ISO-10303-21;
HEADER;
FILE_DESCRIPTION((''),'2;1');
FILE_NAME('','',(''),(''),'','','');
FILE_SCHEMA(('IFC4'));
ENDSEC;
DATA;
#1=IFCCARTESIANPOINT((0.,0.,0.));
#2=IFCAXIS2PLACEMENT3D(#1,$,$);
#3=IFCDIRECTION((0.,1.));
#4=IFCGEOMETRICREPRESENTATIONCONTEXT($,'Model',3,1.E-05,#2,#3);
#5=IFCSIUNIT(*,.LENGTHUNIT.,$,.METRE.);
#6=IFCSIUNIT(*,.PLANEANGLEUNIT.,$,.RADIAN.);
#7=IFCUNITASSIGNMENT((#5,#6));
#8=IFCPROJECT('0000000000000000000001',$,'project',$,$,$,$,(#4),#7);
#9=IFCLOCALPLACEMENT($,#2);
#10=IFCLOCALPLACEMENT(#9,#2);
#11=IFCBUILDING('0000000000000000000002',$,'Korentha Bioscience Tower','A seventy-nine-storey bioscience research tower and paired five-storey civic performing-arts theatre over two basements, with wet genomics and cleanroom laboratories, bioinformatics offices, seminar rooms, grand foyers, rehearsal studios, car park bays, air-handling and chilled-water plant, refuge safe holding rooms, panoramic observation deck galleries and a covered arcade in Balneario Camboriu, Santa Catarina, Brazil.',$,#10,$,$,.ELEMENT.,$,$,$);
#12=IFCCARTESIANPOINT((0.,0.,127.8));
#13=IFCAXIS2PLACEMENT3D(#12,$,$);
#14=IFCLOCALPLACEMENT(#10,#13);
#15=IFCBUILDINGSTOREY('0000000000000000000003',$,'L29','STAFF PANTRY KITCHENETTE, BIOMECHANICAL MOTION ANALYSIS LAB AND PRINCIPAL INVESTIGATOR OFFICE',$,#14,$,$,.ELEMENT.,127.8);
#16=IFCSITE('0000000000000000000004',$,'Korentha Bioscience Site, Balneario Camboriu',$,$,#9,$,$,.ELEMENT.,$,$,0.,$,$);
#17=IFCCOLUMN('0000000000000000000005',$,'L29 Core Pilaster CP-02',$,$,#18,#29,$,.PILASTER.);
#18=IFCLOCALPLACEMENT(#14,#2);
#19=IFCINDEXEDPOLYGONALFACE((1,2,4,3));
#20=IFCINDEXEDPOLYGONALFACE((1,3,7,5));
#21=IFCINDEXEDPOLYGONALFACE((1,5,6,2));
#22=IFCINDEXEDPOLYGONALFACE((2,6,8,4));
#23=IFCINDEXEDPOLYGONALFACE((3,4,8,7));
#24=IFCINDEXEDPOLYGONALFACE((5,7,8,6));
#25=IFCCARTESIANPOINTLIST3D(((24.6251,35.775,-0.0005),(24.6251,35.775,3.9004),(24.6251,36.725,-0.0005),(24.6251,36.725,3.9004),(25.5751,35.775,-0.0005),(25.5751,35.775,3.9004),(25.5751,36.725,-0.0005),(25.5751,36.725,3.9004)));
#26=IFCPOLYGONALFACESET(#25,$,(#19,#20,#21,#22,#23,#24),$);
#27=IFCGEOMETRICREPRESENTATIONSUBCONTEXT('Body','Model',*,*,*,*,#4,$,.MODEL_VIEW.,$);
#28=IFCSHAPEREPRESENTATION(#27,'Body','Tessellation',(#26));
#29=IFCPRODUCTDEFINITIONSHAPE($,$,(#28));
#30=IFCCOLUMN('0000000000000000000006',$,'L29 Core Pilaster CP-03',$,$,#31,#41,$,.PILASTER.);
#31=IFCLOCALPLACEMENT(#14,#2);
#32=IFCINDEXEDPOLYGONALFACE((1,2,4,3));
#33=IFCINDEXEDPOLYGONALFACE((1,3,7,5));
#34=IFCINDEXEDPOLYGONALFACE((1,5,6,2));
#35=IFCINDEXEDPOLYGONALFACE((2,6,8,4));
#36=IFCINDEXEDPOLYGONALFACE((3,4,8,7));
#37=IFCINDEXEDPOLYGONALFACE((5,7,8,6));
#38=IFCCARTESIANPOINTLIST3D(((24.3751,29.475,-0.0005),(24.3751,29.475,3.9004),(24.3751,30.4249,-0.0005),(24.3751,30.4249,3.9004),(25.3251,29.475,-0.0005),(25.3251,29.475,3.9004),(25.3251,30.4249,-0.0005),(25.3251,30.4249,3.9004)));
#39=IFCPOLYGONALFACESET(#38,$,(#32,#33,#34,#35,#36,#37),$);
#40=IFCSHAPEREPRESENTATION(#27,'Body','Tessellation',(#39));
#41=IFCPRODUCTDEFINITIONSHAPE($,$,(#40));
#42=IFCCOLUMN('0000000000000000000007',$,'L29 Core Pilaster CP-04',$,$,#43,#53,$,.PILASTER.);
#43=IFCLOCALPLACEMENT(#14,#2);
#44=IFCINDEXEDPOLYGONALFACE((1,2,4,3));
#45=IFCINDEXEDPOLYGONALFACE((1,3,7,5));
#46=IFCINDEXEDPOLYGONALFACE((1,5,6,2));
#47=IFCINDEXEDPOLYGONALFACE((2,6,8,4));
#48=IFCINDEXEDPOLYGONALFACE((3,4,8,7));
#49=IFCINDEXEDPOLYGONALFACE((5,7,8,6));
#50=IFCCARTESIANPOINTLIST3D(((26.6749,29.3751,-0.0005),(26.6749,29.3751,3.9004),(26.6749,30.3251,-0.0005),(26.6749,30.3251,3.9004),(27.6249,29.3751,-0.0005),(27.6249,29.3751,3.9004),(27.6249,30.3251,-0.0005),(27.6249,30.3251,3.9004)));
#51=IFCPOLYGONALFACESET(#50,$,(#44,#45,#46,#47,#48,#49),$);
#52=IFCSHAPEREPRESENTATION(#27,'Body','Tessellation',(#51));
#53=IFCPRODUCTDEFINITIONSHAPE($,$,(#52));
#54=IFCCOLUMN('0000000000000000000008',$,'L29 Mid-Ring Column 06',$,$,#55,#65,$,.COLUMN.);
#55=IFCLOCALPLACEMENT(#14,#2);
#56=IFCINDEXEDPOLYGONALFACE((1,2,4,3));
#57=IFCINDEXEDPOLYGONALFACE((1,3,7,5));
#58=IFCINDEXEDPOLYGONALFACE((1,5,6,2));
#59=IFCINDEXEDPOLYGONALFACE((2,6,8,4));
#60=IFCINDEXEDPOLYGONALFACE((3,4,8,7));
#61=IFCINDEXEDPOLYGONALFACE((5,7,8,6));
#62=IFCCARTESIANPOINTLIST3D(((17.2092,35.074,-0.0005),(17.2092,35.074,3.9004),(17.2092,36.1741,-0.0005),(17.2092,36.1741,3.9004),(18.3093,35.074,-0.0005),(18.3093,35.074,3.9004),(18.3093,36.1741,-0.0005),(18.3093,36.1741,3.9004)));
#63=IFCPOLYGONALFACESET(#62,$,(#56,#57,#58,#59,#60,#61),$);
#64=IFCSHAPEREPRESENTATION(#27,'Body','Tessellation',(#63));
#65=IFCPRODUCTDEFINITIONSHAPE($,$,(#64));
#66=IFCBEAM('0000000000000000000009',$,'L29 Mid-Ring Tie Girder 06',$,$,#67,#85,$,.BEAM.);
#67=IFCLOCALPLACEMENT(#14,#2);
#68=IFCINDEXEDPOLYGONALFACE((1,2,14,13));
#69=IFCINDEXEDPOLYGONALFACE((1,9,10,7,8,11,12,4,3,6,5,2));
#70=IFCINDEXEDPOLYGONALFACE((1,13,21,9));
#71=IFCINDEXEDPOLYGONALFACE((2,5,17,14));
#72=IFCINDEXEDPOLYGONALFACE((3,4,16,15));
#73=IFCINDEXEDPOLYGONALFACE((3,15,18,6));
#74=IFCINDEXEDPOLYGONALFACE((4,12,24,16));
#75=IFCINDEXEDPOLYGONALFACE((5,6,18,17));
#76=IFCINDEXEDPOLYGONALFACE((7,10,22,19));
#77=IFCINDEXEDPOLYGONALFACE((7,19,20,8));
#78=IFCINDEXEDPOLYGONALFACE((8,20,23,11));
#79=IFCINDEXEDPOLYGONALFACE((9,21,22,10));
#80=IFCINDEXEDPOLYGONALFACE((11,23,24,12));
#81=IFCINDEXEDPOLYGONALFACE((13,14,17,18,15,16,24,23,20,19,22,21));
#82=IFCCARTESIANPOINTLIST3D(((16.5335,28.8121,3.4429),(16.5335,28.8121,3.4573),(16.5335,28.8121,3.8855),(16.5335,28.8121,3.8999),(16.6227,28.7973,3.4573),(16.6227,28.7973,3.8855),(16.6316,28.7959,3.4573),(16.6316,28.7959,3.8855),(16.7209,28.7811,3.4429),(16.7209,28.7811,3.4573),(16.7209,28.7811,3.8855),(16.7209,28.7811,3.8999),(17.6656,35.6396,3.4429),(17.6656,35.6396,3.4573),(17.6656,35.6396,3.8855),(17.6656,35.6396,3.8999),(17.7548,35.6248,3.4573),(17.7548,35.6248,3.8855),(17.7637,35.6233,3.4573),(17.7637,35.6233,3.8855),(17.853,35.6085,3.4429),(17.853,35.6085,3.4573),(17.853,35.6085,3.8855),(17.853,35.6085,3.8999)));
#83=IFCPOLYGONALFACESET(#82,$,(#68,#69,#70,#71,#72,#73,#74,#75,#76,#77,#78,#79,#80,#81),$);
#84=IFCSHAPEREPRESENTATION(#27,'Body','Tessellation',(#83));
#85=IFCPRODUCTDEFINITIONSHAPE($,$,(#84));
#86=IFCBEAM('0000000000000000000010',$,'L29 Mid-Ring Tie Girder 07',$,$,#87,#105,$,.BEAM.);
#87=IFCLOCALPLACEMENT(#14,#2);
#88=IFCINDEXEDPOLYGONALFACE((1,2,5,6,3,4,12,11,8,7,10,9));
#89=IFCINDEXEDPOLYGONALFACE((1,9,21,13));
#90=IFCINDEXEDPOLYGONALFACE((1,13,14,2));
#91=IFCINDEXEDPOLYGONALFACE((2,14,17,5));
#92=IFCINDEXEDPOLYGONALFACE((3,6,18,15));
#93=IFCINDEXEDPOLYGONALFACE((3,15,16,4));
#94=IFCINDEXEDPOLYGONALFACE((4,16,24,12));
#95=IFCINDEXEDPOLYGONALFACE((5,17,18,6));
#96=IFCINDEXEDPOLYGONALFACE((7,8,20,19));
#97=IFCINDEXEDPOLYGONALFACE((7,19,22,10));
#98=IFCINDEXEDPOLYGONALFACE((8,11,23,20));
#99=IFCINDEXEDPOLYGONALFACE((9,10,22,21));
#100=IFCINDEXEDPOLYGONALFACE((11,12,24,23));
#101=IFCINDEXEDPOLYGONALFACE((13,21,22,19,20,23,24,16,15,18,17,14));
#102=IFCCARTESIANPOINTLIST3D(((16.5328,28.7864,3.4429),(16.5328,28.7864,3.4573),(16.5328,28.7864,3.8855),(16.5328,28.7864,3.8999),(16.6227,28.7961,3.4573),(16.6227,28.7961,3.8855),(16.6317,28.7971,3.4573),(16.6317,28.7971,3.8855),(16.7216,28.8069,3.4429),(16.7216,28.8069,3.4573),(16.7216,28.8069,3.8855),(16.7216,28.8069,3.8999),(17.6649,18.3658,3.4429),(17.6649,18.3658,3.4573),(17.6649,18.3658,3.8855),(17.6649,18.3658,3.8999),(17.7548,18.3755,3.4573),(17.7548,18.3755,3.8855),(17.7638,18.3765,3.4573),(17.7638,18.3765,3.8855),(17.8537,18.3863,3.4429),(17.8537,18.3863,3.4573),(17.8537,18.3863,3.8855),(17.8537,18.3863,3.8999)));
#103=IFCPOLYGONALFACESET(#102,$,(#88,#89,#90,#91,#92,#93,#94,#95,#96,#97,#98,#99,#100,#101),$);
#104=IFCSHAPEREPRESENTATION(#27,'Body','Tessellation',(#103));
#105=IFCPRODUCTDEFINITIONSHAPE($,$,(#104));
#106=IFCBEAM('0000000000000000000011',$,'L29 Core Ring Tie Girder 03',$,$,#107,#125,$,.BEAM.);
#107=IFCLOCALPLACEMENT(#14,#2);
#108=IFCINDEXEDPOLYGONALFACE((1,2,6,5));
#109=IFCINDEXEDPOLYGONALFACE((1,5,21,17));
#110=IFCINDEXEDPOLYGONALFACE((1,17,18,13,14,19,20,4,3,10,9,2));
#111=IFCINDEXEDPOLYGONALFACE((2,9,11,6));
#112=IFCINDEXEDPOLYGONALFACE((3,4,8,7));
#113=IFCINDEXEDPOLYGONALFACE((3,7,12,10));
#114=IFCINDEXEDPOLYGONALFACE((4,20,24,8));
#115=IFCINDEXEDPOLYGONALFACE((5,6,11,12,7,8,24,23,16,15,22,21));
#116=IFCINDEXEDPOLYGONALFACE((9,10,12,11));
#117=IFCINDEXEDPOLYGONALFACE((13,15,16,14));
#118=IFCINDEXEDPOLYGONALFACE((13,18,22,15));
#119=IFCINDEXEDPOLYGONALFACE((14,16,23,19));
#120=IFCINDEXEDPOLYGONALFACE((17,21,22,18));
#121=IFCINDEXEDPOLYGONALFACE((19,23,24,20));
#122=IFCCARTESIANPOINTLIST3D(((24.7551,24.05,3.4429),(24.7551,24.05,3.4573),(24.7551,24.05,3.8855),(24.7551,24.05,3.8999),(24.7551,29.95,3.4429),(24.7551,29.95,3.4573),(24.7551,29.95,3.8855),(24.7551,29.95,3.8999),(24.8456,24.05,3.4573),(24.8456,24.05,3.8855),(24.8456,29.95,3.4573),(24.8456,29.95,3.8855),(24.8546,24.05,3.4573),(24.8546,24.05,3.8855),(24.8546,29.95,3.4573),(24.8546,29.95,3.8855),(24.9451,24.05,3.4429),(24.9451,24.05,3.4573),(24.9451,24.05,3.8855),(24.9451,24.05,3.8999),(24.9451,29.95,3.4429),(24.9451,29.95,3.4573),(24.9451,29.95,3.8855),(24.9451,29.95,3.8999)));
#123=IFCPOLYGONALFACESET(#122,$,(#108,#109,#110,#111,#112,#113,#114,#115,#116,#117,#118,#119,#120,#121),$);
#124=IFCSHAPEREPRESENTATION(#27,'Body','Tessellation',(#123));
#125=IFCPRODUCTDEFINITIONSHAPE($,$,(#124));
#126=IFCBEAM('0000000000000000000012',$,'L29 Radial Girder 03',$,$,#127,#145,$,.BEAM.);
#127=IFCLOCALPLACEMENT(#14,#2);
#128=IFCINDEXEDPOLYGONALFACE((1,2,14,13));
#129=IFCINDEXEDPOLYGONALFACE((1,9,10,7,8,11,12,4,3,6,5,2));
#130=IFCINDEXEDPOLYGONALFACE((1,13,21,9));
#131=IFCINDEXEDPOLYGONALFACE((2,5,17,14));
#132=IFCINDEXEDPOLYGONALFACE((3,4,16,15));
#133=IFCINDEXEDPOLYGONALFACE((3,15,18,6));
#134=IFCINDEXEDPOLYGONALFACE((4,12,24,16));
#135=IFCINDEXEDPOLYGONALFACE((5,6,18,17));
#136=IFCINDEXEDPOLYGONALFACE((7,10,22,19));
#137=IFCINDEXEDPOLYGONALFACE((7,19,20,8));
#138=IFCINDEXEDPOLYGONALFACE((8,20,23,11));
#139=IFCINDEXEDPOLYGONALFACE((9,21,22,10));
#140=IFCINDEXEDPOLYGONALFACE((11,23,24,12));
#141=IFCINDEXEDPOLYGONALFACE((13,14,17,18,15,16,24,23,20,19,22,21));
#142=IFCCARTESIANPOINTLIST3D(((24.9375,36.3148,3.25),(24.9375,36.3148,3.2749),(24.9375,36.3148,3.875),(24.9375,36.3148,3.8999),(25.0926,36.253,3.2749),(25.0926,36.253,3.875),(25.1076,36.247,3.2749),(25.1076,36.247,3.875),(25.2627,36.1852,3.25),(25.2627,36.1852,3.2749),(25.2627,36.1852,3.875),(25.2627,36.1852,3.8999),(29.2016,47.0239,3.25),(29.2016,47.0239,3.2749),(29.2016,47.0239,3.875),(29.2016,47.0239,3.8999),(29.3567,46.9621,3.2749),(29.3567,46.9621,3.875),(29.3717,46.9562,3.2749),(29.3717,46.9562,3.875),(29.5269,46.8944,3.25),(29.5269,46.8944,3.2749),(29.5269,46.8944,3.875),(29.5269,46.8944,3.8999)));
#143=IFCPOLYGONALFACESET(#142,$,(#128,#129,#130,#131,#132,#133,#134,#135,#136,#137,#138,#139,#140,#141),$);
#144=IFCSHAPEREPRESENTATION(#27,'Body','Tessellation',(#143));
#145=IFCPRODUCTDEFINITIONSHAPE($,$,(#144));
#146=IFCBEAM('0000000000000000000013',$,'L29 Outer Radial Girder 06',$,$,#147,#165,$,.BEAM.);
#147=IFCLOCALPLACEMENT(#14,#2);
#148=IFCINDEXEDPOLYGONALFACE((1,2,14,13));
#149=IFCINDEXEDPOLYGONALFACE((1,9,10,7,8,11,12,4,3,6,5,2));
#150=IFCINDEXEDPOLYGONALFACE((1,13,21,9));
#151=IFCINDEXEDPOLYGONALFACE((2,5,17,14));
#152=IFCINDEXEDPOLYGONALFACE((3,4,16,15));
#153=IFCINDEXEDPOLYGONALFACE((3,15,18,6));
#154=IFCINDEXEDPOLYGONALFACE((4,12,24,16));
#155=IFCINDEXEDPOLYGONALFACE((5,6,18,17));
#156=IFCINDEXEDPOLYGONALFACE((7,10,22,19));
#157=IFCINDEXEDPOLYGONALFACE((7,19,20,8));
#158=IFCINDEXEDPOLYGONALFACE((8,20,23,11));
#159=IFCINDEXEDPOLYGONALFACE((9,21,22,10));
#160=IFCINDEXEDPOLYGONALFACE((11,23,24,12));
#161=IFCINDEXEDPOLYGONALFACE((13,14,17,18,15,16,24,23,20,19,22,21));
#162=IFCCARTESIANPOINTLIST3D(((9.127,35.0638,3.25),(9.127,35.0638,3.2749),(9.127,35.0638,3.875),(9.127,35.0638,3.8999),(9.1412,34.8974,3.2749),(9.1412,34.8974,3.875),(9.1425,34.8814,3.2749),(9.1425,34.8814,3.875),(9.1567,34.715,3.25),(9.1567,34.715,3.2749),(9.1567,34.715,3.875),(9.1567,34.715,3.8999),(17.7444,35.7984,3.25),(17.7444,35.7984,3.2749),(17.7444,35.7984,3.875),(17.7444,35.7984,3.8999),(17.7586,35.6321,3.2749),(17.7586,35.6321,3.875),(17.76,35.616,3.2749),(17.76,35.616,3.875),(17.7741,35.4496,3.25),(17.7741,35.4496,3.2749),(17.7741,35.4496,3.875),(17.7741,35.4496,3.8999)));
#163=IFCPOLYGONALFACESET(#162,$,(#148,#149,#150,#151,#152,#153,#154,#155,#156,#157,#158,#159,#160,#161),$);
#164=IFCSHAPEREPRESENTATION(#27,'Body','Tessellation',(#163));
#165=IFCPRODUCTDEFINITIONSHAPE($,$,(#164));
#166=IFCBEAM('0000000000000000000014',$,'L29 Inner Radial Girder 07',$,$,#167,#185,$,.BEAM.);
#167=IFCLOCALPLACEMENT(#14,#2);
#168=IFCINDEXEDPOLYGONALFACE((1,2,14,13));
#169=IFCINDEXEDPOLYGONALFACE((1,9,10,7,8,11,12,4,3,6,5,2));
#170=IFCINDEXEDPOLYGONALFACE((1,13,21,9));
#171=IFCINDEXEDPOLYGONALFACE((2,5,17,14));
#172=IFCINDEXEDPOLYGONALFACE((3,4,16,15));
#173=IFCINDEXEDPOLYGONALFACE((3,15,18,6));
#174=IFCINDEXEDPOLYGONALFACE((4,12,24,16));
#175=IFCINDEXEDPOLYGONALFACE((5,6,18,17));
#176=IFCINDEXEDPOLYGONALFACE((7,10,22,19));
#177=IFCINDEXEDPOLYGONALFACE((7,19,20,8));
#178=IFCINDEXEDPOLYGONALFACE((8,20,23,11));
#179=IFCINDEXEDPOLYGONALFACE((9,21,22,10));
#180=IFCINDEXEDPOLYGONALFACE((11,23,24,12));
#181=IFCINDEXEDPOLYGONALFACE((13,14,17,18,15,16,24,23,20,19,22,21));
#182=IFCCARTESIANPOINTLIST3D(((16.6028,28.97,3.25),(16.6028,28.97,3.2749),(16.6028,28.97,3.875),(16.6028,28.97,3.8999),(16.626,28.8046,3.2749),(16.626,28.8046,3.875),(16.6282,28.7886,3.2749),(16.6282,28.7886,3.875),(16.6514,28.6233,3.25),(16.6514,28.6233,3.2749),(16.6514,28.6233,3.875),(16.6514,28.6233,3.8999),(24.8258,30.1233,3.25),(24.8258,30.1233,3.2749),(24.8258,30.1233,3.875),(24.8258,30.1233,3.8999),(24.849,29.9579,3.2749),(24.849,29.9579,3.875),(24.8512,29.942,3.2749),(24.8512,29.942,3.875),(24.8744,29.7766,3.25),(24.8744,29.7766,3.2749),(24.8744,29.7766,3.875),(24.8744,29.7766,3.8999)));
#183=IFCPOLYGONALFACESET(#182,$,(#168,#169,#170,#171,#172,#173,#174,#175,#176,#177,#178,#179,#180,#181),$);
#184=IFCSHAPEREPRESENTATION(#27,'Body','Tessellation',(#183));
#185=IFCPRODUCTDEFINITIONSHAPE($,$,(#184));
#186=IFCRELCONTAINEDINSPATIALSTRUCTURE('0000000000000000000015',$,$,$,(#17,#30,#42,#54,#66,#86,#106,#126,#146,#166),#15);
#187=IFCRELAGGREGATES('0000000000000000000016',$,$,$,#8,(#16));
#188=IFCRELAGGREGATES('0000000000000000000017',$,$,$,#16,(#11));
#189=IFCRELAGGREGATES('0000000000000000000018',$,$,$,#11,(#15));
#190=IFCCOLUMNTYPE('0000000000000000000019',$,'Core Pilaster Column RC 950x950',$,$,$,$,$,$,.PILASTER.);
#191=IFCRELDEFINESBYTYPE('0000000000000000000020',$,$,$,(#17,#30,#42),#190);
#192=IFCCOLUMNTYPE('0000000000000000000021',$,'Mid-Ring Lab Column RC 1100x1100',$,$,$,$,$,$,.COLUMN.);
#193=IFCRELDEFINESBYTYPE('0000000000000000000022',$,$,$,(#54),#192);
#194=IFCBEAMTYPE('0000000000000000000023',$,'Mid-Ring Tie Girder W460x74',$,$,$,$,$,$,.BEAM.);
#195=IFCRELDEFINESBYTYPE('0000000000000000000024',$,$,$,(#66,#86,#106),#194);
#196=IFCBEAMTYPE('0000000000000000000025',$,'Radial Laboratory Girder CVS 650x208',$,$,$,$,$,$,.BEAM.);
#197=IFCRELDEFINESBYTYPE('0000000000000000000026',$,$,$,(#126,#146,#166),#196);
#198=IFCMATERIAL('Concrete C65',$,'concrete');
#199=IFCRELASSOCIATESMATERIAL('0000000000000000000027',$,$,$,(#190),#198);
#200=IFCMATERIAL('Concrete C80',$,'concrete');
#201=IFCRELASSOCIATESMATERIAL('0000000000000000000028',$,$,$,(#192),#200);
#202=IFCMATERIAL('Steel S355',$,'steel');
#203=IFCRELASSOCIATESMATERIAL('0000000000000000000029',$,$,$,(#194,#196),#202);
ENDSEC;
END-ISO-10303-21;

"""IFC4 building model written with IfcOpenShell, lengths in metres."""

from ifc_helpers import new_model, si_unit, direction, frame, origin, origin_2d, place, context, subcontext, project, spatial, rectangle, i_section, extrude, material, material_profile, profile_set, type_object, element, save


model = new_model("IFC4")

# Units and contexts
model_context = context("Model", 3, precision=1e-05, world=origin(), true_north=direction((0.0, 1.0)))
body_context = subcontext(model_context, "Body", "Model", "MODEL_VIEW")
ifc_project = project(units=[si_unit("LENGTHUNIT", "METRE"), si_unit("PLANEANGLEUNIT", "RADIAN")], contexts=[model_context])

# Site, building, storey
site_placement = place(None, origin())
site = spatial("IfcSite", under=ifc_project, at=site_placement, Name="Korentha Bioscience Site, Balneario Camboriu", CompositionType="ELEMENT", RefElevation=0.0)
building_placement = place(site_placement, origin())
building = spatial("IfcBuilding", under=site, at=building_placement, Name="Korentha Bioscience Tower", Description="A seventy-nine-storey bioscience research tower and paired five-storey civic performing-arts theatre over two basements, with wet genomics and cleanroom laboratories, bioinformatics offices, seminar rooms, grand foyers, rehearsal studios, car park bays, air-handling and chilled-water plant, refuge safe holding rooms, panoramic observation deck galleries and a covered arcade in Balneario Camboriu, Santa Catarina, Brazil.", CompositionType="ELEMENT")
storey_placement = place(building_placement, frame((0.0, 0.0, 127.8)))
storey = spatial("IfcBuildingStorey", under=building, at=storey_placement, Name="L29", Description="STAFF PANTRY KITCHENETTE, BIOMECHANICAL MOTION ANALYSIS LAB AND PRINCIPAL INVESTIGATOR OFFICE", CompositionType="ELEMENT", Elevation=127.8)

# Columns
ifc_material_1 = material(Name="Concrete C65", Category="concrete")
ifc_material_profile_1 = material_profile(ifc_material_1, rectangle(XDim=0.95, YDim=0.95, at=origin_2d()), Name="Concrete C65")
ifc_profile_set_1 = profile_set([ifc_material_profile_1], Name="Concrete C65 (COL-CP09)")
column_type_1 = type_object("IfcColumnType", Name="Core Pilaster Column RC 950x950", PredefinedType="PILASTER", material=ifc_profile_set_1)
for number, where, z_axis, x_axis, name in (
    (1, (25.1001, 36.25, -0.0005), (0.0, 0.0, 1.0), (1.0, 0.0, 0.0), "L29 Core Pilaster CP-02"),
    (2, (24.8501, 29.95, -0.0005), (0.0, 0.0, 1.0), (1.0, 0.0, 0.0), "L29 Core Pilaster CP-03"),
    (3, (27.1499, 29.8501, -0.0005), (0.0, 0.0, 1.0), (1.0, 0.0, 0.0), "L29 Core Pilaster CP-04"),
):
    element("IfcColumn", number, at=place(storey_placement, frame(where, z_axis=z_axis, x_axis=x_axis)), inside=storey, type_object=column_type_1, Name=name, PredefinedType="PILASTER", context=body_context, shape_type="SweptSolid", body=[
        extrude(rectangle(XDim=0.95, YDim=0.95, at=origin_2d()), origin(), (0.0, 0.0, 1.0), 3.9009),
    ])
ifc_material_2 = material(Name="Concrete C80", Category="concrete")
ifc_material_profile_2 = material_profile(ifc_material_2, rectangle(XDim=1.1001, YDim=1.1001, at=origin_2d()), Name="Concrete C80")
ifc_profile_set_2 = profile_set([ifc_material_profile_2], Name="Concrete C80 (COL-MR11)")
column_type_2 = type_object("IfcColumnType", Name="Mid-Ring Lab Column RC 1100x1100", PredefinedType="COLUMN", material=ifc_profile_set_2)
column_placement = place(storey_placement, frame((17.7593, 35.624, -0.0005), z_axis=(0.0, 0.0, 1.0), x_axis=(1.0, 0.0, 0.0)))
element("IfcColumn", 4, at=column_placement, inside=storey, type_object=column_type_2, Name="L29 Mid-Ring Column 06", PredefinedType="COLUMN", context=body_context, shape_type="SweptSolid", body=[
    extrude(rectangle(XDim=1.1001, YDim=1.1001, at=origin_2d()), origin(), (0.0, 0.0, 1.0), 3.9009),
])

# Beams
ifc_material_3 = material(Name="Steel S355", Category="steel")
ifc_material_profile_3 = material_profile(ifc_material_3, i_section(OverallWidth=0.1899, OverallDepth=0.457, WebThickness=0.009, FlangeThickness=0.0144, at=origin_2d()), Name="Steel S355")
ifc_profile_set_3 = profile_set([ifc_material_profile_3], Name="Steel S355 (MB-460)")
beam_type_1 = type_object("IfcBeamType", Name="Mid-Ring Tie Girder W460x74", PredefinedType="BEAM", material=ifc_profile_set_3)
beam_1_placement = place(storey_placement, frame((17.7593, 35.624, 3.6714), z_axis=(-0.163581, -0.98653, 0.0), x_axis=(0.98653, -0.163581, 0.0)))
element("IfcBeam", 5, at=beam_1_placement, inside=storey, type_object=beam_type_1, Name="L29 Mid-Ring Tie Girder 06", PredefinedType="BEAM", context=body_context, shape_type="SweptSolid", body=[
    extrude(i_section(OverallWidth=0.1899, OverallDepth=0.457, WebThickness=0.009, FlangeThickness=0.0144, at=origin_2d()), origin(), (0.0, 0.0, 1.0), 6.9207),
])
beam_2_placement = place(storey_placement, frame((16.6272, 28.7966, 3.6714), z_axis=(0.108003, -0.994151, 0.0), x_axis=(0.994151, 0.108003, 0.0)))
element("IfcBeam", 6, at=beam_2_placement, inside=storey, type_object=beam_type_1, Name="L29 Mid-Ring Tie Girder 07", PredefinedType="BEAM", context=body_context, shape_type="SweptSolid", body=[
    extrude(i_section(OverallWidth=0.1899, OverallDepth=0.457, WebThickness=0.009, FlangeThickness=0.0144, at=origin_2d()), origin(), (0.0, 0.0, 1.0), 10.4819),
])
beam_3_placement = place(storey_placement, frame((24.8501, 29.95, 3.6714), z_axis=(0.0, -1.0, 0.0), x_axis=(1.0, 0.0, 0.0)))
element("IfcBeam", 7, at=beam_3_placement, inside=storey, type_object=beam_type_1, Name="L29 Core Ring Tie Girder 03", PredefinedType="BEAM", context=body_context, shape_type="SweptSolid", body=[
    extrude(i_section(OverallWidth=0.1899, OverallDepth=0.457, WebThickness=0.009, FlangeThickness=0.0144, at=origin_2d()), origin(), (0.0, 0.0, 1.0), 5.8999),
])
ifc_material_profile_4 = material_profile(ifc_material_3, i_section(OverallWidth=0.3501, OverallDepth=0.6499, WebThickness=0.0161, FlangeThickness=0.0249, at=origin_2d()), Name="Steel S355")
ifc_profile_set_4 = profile_set([ifc_material_profile_4], Name="Steel S355 (RB-650)")
beam_type_2 = type_object("IfcBeamType", Name="Radial Laboratory Girder CVS 650x208", PredefinedType="BEAM", material=ifc_profile_set_4)
beam_4_placement = place(storey_placement, frame((25.1001, 36.25, 3.575), z_axis=(0.36993, 0.92906, 0.0), x_axis=(-0.92906, 0.36993, 0.0)))
element("IfcBeam", 8, at=beam_4_placement, inside=storey, type_object=beam_type_2, Name="L29 Radial Girder 03", PredefinedType="BEAM", context=body_context, shape_type="SweptSolid", body=[
    extrude(i_section(OverallWidth=0.3501, OverallDepth=0.6499, WebThickness=0.0161, FlangeThickness=0.0249, at=origin_2d()), origin(), (0.0, 0.0, 1.0), 11.5269),
])
beam_5_placement = place(storey_placement, frame((17.7593, 35.624, 3.575), z_axis=(-0.996386, -0.08494, 0.0), x_axis=(0.08494, -0.996386, 0.0)))
element("IfcBeam", 9, at=beam_5_placement, inside=storey, type_object=beam_type_2, Name="L29 Outer Radial Girder 06", PredefinedType="BEAM", context=body_context, shape_type="SweptSolid", body=[
    extrude(i_section(OverallWidth=0.3501, OverallDepth=0.6499, WebThickness=0.0161, FlangeThickness=0.0249, at=origin_2d()), origin(), (0.0, 0.0, 1.0), 8.6487),
])
beam_6_placement = place(storey_placement, frame((24.8501, 29.95, 3.575), z_axis=(-0.990307, -0.138898, 0.0), x_axis=(0.138898, -0.990307, 0.0)))
element("IfcBeam", 10, at=beam_6_placement, inside=storey, type_object=beam_type_2, Name="L29 Inner Radial Girder 07", PredefinedType="BEAM", context=body_context, shape_type="SweptSolid", body=[
    extrude(i_section(OverallWidth=0.3501, OverallDepth=0.6499, WebThickness=0.0161, FlangeThickness=0.0249, at=origin_2d()), origin(), (0.0, 0.0, 1.0), 8.3035),
])

save(model, "model.ifc")
